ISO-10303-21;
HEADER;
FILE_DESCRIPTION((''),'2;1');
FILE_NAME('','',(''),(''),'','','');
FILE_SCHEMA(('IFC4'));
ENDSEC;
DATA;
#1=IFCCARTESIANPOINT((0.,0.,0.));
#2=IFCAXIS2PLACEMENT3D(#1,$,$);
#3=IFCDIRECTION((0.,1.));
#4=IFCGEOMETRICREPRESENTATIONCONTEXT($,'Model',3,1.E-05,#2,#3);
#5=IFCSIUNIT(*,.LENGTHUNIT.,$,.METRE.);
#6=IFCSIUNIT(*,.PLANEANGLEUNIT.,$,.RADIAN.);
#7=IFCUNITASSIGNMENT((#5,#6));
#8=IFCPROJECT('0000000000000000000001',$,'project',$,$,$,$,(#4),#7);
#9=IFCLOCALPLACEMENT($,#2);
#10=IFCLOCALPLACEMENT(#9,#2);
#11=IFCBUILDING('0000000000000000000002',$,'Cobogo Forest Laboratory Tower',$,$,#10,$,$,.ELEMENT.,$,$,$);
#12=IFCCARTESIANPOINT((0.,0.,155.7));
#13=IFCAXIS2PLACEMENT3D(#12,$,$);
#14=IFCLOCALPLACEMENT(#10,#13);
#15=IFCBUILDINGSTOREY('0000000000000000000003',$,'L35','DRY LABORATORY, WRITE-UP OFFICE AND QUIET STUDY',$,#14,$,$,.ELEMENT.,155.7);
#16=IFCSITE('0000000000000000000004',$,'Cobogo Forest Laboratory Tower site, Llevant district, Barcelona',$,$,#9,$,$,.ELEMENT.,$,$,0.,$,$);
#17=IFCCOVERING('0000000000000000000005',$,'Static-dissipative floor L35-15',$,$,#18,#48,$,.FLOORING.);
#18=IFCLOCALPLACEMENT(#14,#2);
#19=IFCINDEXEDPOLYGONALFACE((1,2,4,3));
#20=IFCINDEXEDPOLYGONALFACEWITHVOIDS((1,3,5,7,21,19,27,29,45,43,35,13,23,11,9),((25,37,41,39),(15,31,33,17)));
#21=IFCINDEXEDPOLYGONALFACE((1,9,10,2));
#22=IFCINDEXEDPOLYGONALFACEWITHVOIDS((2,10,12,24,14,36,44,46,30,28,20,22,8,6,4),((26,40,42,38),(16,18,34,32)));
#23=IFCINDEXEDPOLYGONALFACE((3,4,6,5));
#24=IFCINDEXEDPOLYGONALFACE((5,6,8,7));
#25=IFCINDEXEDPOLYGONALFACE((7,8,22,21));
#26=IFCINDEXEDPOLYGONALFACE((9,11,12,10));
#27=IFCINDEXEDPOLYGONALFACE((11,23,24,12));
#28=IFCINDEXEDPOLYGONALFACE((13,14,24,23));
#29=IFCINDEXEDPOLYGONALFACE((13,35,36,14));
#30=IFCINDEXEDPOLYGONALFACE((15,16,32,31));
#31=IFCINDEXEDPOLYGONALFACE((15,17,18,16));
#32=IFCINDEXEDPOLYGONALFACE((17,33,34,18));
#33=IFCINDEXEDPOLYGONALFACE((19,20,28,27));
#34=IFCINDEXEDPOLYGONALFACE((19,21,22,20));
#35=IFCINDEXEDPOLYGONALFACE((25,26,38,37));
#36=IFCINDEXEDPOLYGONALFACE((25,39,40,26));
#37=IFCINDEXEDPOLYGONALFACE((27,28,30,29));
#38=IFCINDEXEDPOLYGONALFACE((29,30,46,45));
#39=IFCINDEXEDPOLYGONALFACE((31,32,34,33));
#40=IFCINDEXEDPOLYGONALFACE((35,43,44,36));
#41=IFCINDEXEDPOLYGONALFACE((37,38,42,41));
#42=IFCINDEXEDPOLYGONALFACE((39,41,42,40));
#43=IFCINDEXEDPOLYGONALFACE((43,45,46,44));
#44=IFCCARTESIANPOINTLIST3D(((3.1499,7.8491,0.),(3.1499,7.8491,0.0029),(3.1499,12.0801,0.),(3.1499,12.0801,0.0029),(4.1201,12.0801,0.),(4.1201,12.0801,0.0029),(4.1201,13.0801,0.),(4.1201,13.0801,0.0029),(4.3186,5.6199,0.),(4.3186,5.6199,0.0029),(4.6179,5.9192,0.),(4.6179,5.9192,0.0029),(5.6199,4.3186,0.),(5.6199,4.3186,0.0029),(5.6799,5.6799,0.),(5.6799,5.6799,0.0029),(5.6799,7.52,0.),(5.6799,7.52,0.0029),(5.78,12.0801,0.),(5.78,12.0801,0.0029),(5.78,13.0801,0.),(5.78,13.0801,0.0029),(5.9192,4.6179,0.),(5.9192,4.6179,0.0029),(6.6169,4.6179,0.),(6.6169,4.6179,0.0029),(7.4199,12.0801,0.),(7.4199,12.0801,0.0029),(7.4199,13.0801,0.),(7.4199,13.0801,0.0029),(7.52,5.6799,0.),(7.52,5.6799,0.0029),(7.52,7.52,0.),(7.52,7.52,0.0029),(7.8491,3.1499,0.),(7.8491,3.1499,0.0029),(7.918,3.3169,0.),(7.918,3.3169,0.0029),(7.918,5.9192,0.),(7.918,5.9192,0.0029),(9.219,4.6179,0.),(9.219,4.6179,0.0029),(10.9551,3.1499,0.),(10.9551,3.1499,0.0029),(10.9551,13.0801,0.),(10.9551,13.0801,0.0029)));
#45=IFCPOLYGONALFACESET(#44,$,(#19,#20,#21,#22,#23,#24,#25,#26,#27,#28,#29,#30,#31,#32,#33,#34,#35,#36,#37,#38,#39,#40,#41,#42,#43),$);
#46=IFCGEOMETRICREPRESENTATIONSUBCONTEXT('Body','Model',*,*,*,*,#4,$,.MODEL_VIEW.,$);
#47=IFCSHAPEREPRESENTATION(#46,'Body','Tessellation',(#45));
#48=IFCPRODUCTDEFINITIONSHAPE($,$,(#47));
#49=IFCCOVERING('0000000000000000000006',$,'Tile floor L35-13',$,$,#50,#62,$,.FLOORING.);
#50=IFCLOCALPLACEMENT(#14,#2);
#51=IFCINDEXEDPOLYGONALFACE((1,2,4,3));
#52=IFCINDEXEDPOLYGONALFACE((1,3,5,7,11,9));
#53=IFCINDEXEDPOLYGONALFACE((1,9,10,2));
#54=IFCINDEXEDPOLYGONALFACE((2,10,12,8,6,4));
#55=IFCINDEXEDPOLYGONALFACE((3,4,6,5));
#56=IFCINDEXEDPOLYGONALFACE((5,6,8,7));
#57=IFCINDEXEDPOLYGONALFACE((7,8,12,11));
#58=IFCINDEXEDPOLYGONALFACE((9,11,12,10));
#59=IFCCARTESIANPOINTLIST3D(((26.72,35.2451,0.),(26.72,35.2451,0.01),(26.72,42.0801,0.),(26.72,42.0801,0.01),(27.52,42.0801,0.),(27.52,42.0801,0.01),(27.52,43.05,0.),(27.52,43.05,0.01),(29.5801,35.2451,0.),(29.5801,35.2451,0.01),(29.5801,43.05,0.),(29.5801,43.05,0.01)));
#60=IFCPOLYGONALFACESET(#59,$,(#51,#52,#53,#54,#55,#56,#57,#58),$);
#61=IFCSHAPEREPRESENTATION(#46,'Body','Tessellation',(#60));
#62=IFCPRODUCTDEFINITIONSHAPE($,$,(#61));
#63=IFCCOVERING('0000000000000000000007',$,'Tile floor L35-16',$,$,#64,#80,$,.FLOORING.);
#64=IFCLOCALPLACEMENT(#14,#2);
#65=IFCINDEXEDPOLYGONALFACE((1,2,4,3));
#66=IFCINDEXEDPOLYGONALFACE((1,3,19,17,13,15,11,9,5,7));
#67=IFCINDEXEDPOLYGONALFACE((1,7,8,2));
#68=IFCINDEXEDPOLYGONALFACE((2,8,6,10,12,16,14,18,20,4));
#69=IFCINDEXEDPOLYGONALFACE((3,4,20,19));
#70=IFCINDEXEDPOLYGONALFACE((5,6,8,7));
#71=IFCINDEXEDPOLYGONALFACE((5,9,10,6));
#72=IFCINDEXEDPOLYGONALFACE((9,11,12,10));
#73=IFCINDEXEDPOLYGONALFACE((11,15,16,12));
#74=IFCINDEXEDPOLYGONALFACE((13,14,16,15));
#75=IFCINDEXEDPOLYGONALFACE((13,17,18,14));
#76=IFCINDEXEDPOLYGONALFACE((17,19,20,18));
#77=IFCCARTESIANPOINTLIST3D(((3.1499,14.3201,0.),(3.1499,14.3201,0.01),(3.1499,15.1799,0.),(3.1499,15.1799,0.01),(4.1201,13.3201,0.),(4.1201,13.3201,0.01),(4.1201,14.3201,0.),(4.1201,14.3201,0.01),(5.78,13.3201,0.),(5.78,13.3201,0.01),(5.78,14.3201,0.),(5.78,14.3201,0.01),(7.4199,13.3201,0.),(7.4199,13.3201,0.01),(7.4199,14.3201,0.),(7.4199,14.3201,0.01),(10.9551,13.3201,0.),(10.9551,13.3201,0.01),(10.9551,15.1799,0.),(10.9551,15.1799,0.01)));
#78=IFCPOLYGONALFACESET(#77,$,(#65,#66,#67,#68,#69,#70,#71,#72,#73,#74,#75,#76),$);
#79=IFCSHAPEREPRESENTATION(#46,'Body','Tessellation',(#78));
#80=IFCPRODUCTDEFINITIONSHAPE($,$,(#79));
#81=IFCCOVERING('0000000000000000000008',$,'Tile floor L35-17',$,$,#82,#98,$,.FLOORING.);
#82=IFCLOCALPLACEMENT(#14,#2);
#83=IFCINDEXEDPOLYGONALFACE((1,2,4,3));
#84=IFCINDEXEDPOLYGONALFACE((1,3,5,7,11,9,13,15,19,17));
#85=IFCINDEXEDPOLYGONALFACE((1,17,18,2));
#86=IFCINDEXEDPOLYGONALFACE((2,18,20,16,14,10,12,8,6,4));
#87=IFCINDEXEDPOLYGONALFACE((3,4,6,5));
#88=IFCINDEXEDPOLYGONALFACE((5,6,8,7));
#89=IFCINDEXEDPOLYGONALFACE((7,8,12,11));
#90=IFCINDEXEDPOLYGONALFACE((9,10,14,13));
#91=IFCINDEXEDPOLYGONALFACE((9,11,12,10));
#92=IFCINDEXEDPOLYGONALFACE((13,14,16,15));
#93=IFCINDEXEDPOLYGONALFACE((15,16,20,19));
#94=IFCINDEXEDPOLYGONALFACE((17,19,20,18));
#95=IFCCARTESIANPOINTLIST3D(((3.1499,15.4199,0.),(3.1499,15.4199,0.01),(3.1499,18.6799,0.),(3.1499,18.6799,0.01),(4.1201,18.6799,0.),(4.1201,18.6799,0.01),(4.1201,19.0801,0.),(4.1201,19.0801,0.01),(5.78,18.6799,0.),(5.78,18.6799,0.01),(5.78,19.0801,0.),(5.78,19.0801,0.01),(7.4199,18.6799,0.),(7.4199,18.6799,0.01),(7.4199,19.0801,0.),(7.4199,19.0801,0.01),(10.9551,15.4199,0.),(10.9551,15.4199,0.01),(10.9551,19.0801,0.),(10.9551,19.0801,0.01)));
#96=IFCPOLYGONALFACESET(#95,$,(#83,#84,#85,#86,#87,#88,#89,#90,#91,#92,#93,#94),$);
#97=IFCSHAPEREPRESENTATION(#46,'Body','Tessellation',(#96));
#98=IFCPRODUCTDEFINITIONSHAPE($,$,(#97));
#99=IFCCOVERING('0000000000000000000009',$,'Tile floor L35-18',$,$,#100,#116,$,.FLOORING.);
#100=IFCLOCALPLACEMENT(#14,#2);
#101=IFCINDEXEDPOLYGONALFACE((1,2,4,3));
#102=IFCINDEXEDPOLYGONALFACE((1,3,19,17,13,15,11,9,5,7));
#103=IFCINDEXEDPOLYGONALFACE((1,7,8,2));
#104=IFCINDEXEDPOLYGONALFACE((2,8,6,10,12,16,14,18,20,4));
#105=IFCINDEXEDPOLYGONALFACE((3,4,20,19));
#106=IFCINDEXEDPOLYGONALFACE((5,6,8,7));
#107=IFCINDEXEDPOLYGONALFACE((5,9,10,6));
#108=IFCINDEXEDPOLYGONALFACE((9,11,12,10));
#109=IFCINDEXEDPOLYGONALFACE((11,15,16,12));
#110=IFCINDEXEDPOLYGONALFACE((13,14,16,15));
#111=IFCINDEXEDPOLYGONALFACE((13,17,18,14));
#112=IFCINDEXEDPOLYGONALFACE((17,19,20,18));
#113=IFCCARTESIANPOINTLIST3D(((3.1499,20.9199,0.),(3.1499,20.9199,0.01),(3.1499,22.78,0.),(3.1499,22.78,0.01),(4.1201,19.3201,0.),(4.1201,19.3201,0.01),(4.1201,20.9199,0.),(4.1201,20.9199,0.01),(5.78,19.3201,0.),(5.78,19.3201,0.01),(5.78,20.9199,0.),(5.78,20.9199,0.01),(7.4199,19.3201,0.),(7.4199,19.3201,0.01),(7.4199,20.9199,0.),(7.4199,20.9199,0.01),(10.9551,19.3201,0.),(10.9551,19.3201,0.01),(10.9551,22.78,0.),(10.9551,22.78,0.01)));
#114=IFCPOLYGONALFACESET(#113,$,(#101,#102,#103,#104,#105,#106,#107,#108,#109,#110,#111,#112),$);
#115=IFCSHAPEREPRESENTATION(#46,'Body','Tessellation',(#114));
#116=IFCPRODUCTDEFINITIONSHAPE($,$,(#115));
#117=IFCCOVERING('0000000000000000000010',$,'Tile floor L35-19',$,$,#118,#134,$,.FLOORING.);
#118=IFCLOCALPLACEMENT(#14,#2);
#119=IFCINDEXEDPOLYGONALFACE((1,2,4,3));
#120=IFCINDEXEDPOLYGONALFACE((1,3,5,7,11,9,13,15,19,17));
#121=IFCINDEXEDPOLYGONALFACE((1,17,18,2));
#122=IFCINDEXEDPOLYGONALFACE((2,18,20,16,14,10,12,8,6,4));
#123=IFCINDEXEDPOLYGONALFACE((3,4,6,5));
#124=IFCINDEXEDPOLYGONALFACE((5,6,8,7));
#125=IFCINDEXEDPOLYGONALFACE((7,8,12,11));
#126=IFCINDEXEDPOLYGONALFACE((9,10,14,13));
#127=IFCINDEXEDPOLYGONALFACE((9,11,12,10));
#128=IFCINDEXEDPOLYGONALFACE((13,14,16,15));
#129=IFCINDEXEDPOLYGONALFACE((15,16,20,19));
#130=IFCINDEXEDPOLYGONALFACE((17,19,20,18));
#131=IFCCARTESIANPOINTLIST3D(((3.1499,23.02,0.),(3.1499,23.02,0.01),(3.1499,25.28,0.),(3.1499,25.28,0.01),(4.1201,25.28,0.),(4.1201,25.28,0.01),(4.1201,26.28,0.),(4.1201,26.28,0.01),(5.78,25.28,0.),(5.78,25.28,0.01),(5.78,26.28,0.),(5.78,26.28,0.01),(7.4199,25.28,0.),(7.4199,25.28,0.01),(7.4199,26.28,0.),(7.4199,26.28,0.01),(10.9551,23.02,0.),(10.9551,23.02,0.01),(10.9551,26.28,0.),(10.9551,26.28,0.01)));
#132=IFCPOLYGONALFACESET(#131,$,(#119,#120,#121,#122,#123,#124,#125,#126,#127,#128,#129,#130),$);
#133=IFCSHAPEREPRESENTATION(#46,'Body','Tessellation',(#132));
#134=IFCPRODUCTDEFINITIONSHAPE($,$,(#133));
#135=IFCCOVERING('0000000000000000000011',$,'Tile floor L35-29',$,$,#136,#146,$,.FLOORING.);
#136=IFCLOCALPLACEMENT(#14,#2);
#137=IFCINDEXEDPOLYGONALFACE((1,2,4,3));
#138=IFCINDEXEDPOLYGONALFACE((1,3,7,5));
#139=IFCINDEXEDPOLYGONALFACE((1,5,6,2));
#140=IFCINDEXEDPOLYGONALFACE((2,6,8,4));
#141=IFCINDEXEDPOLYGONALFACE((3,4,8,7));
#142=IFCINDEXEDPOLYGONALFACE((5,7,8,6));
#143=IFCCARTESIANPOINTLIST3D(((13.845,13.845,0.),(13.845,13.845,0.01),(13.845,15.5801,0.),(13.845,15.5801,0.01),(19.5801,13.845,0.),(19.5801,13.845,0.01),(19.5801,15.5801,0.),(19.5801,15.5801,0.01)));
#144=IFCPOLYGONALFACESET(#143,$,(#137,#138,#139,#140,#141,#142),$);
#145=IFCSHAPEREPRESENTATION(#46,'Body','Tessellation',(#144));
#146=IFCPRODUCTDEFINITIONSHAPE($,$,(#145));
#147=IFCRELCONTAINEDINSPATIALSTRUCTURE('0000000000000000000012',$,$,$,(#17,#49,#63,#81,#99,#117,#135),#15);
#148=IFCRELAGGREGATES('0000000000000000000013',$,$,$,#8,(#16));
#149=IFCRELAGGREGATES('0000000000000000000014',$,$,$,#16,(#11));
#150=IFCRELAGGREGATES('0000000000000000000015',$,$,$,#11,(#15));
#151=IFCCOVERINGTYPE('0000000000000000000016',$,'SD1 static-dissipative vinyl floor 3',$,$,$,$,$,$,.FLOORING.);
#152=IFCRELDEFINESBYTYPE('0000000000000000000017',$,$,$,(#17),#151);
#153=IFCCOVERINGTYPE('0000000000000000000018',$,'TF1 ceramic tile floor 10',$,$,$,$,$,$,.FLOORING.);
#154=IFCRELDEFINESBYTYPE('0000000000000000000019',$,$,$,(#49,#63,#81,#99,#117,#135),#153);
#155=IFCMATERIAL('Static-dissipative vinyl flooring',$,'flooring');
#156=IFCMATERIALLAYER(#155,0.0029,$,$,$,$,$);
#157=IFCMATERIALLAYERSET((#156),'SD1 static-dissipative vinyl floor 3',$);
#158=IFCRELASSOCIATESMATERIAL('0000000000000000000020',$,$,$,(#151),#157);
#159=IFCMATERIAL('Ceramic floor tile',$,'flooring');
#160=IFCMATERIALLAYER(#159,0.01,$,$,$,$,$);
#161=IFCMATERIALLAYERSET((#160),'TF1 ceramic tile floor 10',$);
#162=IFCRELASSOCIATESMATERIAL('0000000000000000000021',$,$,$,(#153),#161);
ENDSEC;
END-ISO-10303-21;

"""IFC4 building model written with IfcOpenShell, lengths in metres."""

from ifc_helpers import new_model, si_unit, direction, frame, origin, place, context, subcontext, project, spatial, polyline, outline, extrude, material, layer, layer_set, type_object, element, save


model = new_model("IFC4")

# Units and contexts
model_context = context("Model", 3, precision=1e-05, world=origin(), true_north=direction((0.0, 1.0)))
body_context = subcontext(model_context, "Body", "Model", "MODEL_VIEW")
ifc_project = project(units=[si_unit("LENGTHUNIT", "METRE"), si_unit("PLANEANGLEUNIT", "RADIAN")], contexts=[model_context])

# Site, building, storey
site_placement = place(None, origin())
site = spatial("IfcSite", under=ifc_project, at=site_placement, Name="Cobogo Forest Laboratory Tower site, Llevant district, Barcelona", CompositionType="ELEMENT", RefElevation=0.0)
building_placement = place(site_placement, origin())
building = spatial("IfcBuilding", under=site, at=building_placement, Name="Cobogo Forest Laboratory Tower", CompositionType="ELEMENT")
storey_placement = place(building_placement, frame((0.0, 0.0, 155.7)))
storey = spatial("IfcBuildingStorey", under=building, at=storey_placement, Name="L35", Description="DRY LABORATORY, WRITE-UP OFFICE AND QUIET STUDY", CompositionType="ELEMENT", Elevation=155.7)

# Coverings
ifc_material_1 = material(Name="Static-dissipative vinyl flooring", Category="flooring")
ifc_layer_1 = layer(ifc_material_1, 0.0029)
ifc_layer_set_1 = layer_set([ifc_layer_1], Name="SD1 static-dissipative vinyl floor 3")
covering_type_1 = type_object("IfcCoveringType", Name="SD1 static-dissipative vinyl floor 3", PredefinedType="FLOORING", material=ifc_layer_set_1)
covering_1_placement = place(storey_placement, origin())
element("IfcCovering", 1, at=covering_1_placement, inside=storey, type_object=covering_type_1, Name="Static-dissipative floor L35-15", PredefinedType="FLOORING", context=body_context, shape_type="SweptSolid", body=[
    extrude(outline(polyline([(10.9551, 3.1499), (7.8491, 3.1499), (5.6199, 4.3186), (5.9192, 4.6179), (4.6179, 5.9192), (4.3186, 5.6199), (3.1499, 7.8491), (3.1499, 12.0801), (4.1201, 12.0801), (4.1201, 13.0801), (5.78, 13.0801), (5.78, 12.0801), (7.4199, 12.0801), (7.4199, 13.0801), (10.9551, 13.0801), (10.9551, 3.1499)]), holes=[polyline([(7.918, 3.3169), (9.219, 4.6179), (7.918, 5.9192), (6.6169, 4.6179), (7.918, 3.3169)]), polyline([(5.6799, 5.6799), (7.52, 5.6799), (7.52, 7.52), (5.6799, 7.52), (5.6799, 5.6799)])]), origin(), (0.0, 0.0, 1.0), 0.0029),
])
ifc_material_2 = material(Name="Ceramic floor tile", Category="flooring")
ifc_layer_2 = layer(ifc_material_2, 0.01)
ifc_layer_set_2 = layer_set([ifc_layer_2], Name="TF1 ceramic tile floor 10")
covering_type_2 = type_object("IfcCoveringType", Name="TF1 ceramic tile floor 10", PredefinedType="FLOORING", material=ifc_layer_set_2)
covering_2_placement = place(storey_placement, origin())
element("IfcCovering", 2, at=covering_2_placement, inside=storey, type_object=covering_type_2, Name="Tile floor L35-13", PredefinedType="FLOORING", context=body_context, shape_type="SweptSolid", body=[
    extrude(outline(polyline([(26.72, 35.2451), (26.72, 42.0801), (27.52, 42.0801), (27.52, 43.05), (29.5801, 43.05), (29.5801, 35.2451), (26.72, 35.2451)])), origin(), (0.0, 0.0, 1.0), 0.01),
])
covering_3_placement = place(storey_placement, origin())
element("IfcCovering", 3, at=covering_3_placement, inside=storey, type_object=covering_type_2, Name="Tile floor L35-16", PredefinedType="FLOORING", context=body_context, shape_type="SweptSolid", body=[
    extrude(outline(polyline([(10.9551, 13.3201), (7.4199, 13.3201), (7.4199, 14.3201), (5.78, 14.3201), (5.78, 13.3201), (4.1201, 13.3201), (4.1201, 14.3201), (3.1499, 14.3201), (3.1499, 15.1799), (10.9551, 15.1799), (10.9551, 13.3201)])), origin(), (0.0, 0.0, 1.0), 0.01),
])
covering_4_placement = place(storey_placement, origin())
element("IfcCovering", 4, at=covering_4_placement, inside=storey, type_object=covering_type_2, Name="Tile floor L35-17", PredefinedType="FLOORING", context=body_context, shape_type="SweptSolid", body=[
    extrude(outline(polyline([(10.9551, 15.4199), (3.1499, 15.4199), (3.1499, 18.6799), (4.1201, 18.6799), (4.1201, 19.0801), (5.78, 19.0801), (5.78, 18.6799), (7.4199, 18.6799), (7.4199, 19.0801), (10.9551, 19.0801), (10.9551, 15.4199)])), origin(), (0.0, 0.0, 1.0), 0.01),
])
covering_5_placement = place(storey_placement, origin())
element("IfcCovering", 5, at=covering_5_placement, inside=storey, type_object=covering_type_2, Name="Tile floor L35-18", PredefinedType="FLOORING", context=body_context, shape_type="SweptSolid", body=[
    extrude(outline(polyline([(10.9551, 19.3201), (7.4199, 19.3201), (7.4199, 20.9199), (5.78, 20.9199), (5.78, 19.3201), (4.1201, 19.3201), (4.1201, 20.9199), (3.1499, 20.9199), (3.1499, 22.78), (10.9551, 22.78), (10.9551, 19.3201)])), origin(), (0.0, 0.0, 1.0), 0.01),
])
covering_6_placement = place(storey_placement, origin())
element("IfcCovering", 6, at=covering_6_placement, inside=storey, type_object=covering_type_2, Name="Tile floor L35-19", PredefinedType="FLOORING", context=body_context, shape_type="SweptSolid", body=[
    extrude(outline(polyline([(10.9551, 23.02), (3.1499, 23.02), (3.1499, 25.28), (4.1201, 25.28), (4.1201, 26.28), (5.78, 26.28), (5.78, 25.28), (7.4199, 25.28), (7.4199, 26.28), (10.9551, 26.28), (10.9551, 23.02)])), origin(), (0.0, 0.0, 1.0), 0.01),
])
covering_7_placement = place(storey_placement, origin())
element("IfcCovering", 7, at=covering_7_placement, inside=storey, type_object=covering_type_2, Name="Tile floor L35-29", PredefinedType="FLOORING", context=body_context, shape_type="SweptSolid", body=[
    extrude(outline(polyline([(19.5801, 13.845), (13.845, 13.845), (13.845, 15.5801), (19.5801, 15.5801), (19.5801, 13.845)])), origin(), (0.0, 0.0, 1.0), 0.01),
])

save(model, "model.ifc")
